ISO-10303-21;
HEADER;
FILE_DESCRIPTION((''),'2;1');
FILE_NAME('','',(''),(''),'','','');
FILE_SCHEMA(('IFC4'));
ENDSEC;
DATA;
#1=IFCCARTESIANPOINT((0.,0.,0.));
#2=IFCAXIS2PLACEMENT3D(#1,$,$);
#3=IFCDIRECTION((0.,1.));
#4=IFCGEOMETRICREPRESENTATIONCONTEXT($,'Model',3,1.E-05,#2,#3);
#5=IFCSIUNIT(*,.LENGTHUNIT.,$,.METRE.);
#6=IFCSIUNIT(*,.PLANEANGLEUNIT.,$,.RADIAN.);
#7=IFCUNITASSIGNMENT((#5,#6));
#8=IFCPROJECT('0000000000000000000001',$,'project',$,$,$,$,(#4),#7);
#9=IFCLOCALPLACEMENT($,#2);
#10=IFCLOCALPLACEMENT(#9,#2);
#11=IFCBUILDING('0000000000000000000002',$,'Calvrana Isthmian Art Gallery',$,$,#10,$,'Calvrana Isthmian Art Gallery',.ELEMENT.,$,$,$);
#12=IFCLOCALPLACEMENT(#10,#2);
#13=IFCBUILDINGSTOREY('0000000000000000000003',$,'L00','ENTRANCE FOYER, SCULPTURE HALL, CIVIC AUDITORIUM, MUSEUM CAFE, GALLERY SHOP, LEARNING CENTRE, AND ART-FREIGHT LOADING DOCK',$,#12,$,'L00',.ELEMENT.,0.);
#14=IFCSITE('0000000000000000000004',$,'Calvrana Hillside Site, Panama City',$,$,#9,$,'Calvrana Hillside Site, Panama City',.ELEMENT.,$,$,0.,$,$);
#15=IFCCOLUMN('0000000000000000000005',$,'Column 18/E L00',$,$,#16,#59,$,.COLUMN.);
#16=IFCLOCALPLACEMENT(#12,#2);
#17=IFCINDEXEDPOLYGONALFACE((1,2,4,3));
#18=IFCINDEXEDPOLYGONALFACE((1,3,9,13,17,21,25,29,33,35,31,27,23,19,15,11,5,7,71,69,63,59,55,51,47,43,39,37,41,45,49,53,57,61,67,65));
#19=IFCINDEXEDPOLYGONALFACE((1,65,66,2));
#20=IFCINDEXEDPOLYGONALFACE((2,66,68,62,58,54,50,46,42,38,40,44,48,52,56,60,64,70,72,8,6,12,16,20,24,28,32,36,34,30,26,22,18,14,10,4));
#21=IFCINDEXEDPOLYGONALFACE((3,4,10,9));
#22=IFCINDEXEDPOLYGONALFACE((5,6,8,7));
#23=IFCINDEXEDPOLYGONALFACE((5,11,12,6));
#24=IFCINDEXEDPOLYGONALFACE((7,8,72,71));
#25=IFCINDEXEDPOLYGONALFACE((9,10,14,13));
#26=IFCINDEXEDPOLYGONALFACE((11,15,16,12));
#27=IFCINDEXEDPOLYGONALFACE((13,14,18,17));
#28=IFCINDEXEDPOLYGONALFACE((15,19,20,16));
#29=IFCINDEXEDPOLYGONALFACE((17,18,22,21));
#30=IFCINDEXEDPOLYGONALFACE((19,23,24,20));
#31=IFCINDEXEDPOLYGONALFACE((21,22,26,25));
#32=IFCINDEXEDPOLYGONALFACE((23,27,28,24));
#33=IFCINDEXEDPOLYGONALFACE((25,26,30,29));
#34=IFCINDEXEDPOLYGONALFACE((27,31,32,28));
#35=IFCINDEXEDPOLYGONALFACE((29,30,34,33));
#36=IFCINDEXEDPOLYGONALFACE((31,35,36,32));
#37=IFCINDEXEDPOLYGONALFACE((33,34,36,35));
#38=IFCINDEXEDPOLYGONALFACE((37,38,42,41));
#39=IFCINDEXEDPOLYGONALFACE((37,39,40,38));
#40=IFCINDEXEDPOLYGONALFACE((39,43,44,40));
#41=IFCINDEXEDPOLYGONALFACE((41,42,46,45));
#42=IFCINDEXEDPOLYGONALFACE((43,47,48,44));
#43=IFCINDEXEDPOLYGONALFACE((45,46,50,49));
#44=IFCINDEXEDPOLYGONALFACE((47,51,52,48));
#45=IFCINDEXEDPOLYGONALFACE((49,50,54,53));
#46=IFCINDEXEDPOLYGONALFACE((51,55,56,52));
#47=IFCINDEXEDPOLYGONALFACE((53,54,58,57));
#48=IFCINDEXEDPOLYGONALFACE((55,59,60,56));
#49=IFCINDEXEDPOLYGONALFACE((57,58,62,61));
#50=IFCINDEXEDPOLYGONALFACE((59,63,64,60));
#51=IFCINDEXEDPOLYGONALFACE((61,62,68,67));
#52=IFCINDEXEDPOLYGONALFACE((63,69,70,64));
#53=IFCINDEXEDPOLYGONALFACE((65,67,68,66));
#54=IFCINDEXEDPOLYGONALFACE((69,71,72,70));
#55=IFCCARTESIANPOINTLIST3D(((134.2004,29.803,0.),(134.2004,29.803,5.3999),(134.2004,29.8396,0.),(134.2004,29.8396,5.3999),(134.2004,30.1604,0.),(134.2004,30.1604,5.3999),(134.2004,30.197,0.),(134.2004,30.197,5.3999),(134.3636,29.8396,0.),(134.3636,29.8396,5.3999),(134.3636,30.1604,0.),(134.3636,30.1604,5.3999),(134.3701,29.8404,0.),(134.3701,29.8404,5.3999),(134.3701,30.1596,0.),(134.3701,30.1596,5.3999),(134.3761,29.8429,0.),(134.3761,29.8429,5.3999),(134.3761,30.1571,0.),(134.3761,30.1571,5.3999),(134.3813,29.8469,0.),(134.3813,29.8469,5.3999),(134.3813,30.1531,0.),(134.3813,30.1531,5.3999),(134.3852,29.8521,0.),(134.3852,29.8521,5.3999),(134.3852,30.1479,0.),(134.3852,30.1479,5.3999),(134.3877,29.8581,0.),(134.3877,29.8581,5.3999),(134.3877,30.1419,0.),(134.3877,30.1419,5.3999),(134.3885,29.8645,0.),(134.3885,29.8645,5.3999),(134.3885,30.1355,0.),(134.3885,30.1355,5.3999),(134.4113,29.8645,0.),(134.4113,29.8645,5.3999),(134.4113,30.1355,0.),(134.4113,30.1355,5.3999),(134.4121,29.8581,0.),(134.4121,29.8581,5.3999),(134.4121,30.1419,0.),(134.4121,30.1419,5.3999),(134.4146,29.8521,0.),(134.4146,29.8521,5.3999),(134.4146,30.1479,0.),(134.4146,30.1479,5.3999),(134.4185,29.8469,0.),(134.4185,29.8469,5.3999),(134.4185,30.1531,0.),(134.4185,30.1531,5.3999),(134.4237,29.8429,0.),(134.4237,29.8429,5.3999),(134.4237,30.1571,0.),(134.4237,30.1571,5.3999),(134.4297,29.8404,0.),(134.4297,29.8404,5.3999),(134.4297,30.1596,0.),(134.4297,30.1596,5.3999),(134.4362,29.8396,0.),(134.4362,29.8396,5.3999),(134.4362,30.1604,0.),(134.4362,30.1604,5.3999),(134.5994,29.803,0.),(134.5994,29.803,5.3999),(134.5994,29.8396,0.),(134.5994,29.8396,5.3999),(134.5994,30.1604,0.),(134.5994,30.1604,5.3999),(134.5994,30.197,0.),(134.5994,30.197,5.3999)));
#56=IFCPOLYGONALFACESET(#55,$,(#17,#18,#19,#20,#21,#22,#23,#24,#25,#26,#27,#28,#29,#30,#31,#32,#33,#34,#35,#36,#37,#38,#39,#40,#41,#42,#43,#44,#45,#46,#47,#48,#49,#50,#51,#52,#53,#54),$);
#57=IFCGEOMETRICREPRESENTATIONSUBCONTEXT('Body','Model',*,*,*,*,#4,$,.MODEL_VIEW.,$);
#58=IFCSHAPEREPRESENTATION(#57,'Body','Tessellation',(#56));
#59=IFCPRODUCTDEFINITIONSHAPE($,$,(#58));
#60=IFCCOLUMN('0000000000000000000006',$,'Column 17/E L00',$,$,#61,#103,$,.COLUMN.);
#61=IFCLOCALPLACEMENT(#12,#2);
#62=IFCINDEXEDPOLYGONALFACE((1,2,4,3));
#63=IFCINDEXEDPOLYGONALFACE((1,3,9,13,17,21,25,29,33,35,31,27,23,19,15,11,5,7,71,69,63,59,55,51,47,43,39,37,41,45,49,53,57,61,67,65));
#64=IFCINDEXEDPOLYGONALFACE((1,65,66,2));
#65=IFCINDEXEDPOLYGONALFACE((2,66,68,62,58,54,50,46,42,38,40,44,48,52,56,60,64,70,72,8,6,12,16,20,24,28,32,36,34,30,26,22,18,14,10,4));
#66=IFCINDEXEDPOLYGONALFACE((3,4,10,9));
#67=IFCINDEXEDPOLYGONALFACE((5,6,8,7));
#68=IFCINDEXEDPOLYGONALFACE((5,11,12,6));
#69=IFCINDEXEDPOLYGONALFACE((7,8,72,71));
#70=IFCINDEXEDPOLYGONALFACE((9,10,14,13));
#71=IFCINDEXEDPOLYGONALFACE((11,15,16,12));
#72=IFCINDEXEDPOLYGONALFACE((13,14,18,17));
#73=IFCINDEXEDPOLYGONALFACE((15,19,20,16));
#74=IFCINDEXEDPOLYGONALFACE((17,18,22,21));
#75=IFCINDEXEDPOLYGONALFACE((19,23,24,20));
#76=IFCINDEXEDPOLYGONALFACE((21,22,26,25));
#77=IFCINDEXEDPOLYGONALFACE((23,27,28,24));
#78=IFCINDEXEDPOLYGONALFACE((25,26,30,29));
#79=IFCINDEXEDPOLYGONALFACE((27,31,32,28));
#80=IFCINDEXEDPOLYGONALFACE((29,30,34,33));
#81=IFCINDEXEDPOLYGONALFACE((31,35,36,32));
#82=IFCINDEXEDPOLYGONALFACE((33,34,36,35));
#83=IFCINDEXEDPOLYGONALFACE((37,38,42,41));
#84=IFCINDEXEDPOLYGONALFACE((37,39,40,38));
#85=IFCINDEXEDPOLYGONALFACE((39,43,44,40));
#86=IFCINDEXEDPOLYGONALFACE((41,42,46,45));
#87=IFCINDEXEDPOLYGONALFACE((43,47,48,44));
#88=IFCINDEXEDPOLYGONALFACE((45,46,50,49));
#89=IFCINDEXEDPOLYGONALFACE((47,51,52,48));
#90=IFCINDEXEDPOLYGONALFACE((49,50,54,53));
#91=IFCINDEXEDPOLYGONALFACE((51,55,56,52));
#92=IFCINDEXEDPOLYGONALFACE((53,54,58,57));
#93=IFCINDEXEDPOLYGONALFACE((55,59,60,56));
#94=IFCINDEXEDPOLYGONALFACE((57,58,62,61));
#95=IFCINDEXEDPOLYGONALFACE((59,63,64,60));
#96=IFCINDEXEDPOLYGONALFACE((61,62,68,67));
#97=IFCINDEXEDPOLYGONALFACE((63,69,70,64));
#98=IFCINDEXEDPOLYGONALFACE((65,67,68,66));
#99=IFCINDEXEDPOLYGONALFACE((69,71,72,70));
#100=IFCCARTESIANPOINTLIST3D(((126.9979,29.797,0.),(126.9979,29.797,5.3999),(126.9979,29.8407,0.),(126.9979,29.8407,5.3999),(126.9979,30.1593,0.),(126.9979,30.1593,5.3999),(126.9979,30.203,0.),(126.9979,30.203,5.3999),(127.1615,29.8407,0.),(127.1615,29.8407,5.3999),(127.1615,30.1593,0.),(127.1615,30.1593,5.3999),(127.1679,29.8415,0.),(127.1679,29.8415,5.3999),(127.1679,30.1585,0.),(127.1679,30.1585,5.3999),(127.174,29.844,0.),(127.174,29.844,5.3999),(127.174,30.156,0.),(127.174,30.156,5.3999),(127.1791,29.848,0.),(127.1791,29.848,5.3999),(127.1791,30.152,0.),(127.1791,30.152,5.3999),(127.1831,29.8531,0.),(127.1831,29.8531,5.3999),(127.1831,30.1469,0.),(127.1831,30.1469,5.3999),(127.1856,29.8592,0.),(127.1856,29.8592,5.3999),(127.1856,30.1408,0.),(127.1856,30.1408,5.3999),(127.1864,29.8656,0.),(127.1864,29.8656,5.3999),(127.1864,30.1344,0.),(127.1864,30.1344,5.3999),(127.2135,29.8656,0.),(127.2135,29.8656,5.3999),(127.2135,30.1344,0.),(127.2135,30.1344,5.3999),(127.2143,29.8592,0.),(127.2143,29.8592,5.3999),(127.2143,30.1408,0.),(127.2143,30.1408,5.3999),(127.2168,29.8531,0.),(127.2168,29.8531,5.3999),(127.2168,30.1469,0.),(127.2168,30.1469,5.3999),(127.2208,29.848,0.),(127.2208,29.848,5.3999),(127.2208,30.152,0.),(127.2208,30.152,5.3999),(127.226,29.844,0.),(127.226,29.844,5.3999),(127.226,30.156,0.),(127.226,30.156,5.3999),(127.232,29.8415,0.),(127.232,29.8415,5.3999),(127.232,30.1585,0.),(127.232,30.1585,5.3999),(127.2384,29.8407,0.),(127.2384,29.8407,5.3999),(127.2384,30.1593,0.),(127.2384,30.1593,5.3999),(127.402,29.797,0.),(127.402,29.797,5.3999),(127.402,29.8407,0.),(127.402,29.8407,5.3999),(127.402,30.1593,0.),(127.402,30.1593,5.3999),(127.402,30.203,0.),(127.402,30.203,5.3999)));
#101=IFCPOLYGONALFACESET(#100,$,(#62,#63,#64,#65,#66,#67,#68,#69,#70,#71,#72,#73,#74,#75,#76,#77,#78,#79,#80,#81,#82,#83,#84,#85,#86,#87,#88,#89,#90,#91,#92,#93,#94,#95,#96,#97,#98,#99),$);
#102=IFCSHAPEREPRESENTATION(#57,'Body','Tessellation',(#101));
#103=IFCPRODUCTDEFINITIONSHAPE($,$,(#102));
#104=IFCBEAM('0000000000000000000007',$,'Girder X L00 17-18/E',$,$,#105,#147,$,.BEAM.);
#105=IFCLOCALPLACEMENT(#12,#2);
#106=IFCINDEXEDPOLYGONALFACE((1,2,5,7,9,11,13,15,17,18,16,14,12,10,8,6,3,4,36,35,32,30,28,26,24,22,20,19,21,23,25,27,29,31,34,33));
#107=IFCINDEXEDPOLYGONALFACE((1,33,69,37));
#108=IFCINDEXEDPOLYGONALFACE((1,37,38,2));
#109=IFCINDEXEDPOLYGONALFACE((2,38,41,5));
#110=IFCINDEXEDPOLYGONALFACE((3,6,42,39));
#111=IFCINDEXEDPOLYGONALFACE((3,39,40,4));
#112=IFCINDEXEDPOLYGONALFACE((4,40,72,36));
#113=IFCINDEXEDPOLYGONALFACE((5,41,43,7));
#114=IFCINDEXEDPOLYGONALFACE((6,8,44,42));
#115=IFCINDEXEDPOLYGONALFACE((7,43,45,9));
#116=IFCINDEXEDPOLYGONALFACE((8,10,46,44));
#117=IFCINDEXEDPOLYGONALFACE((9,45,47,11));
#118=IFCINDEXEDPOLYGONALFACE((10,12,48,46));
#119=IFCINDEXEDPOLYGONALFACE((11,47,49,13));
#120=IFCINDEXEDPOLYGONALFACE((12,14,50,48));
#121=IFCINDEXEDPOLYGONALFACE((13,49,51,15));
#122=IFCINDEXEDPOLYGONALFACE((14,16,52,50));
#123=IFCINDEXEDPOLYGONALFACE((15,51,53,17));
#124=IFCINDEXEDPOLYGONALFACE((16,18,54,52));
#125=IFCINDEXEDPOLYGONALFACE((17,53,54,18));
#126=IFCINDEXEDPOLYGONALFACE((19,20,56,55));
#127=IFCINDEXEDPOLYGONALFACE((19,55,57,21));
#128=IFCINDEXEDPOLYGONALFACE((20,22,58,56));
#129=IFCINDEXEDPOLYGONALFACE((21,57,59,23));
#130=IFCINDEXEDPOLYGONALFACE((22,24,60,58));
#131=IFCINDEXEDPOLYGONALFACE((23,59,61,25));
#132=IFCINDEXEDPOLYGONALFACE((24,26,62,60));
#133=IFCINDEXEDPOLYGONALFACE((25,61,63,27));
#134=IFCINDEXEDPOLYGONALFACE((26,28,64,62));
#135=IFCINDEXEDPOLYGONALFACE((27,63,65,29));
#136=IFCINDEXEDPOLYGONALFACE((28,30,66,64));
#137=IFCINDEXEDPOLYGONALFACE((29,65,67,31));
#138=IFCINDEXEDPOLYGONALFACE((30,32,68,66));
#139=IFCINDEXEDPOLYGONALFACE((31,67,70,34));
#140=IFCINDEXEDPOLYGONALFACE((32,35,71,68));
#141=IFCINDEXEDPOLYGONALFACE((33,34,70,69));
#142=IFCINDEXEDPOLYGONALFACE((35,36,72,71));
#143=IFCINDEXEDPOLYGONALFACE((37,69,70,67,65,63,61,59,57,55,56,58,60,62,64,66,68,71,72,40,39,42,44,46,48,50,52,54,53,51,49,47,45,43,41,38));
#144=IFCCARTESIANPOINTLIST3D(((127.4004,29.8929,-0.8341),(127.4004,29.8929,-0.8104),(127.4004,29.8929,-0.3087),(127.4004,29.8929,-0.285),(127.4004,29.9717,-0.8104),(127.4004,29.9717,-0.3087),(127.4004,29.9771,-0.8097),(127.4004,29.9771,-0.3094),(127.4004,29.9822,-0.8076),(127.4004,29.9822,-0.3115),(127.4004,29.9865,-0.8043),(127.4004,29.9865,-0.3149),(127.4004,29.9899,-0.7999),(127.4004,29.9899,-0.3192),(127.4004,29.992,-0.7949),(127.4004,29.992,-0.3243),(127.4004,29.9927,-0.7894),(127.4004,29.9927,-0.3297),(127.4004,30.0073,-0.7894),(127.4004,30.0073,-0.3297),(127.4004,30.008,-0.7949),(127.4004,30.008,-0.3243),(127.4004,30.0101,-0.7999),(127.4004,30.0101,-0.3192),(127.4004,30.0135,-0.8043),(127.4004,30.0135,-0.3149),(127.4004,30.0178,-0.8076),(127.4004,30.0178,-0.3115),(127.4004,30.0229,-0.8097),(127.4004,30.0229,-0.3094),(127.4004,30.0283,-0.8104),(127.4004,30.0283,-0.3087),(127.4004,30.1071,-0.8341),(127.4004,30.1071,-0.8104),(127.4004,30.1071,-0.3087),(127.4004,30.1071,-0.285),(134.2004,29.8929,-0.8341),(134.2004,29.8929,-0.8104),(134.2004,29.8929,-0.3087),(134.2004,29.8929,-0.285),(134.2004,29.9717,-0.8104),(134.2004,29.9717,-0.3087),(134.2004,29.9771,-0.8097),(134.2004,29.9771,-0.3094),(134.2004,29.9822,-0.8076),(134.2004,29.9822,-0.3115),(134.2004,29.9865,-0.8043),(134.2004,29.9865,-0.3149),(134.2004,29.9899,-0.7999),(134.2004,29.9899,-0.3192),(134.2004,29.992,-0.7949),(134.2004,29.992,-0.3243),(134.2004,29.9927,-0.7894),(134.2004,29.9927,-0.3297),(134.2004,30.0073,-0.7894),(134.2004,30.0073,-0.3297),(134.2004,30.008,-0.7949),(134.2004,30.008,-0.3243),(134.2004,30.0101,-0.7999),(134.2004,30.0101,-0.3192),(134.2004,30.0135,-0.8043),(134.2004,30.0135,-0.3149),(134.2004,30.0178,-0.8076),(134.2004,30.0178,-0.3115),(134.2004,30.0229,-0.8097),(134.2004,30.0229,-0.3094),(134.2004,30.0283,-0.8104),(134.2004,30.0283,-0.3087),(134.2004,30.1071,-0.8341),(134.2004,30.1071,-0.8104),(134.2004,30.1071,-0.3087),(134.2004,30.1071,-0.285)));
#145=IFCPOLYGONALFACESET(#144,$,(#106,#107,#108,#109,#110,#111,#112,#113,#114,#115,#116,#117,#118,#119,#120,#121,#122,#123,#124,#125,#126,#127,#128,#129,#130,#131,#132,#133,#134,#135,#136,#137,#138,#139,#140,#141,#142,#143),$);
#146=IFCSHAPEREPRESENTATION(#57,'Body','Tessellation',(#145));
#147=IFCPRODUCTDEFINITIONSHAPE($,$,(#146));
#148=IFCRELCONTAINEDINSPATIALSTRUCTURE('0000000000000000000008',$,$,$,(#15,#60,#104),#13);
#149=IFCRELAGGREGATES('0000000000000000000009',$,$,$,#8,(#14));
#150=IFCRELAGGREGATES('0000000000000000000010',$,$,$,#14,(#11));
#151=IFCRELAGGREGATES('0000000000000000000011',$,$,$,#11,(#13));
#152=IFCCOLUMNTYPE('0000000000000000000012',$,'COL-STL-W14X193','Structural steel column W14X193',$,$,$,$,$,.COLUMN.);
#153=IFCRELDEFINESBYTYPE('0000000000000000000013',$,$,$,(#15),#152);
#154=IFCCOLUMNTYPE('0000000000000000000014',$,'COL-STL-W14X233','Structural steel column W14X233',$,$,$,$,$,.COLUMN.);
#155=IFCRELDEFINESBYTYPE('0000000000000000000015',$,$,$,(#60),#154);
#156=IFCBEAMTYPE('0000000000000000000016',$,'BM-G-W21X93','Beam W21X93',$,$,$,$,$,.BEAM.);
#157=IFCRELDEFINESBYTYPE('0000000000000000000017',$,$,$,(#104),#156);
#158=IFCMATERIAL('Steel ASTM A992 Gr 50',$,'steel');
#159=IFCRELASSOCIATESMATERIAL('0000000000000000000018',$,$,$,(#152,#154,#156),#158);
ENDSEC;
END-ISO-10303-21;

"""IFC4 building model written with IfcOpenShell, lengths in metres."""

from ifc_helpers import new_model, si_unit, direction, frame, origin, origin_2d, place, context, subcontext, project, spatial, i_section, extrude, material, material_profile, profile_set, type_object, element, save


model = new_model("IFC4")

# Units and contexts
model_context = context("Model", 3, precision=1e-05, world=origin(), true_north=direction((0.0, 1.0)))
body_context = subcontext(model_context, "Body", "Model", "MODEL_VIEW")
ifc_project = project(units=[si_unit("LENGTHUNIT", "METRE"), si_unit("PLANEANGLEUNIT", "RADIAN")], contexts=[model_context])

# Site, building, storey
site_placement = place(None, origin())
site = spatial("IfcSite", under=ifc_project, at=site_placement, Name="Calvrana Hillside Site, Panama City", LongName="Calvrana Hillside Site, Panama City", CompositionType="ELEMENT", RefElevation=0.0)
building_placement = place(site_placement, origin())
building = spatial("IfcBuilding", under=site, at=building_placement, Name="Calvrana Isthmian Art Gallery", LongName="Calvrana Isthmian Art Gallery", CompositionType="ELEMENT")
storey_placement = place(building_placement, origin())
storey = spatial("IfcBuildingStorey", under=building, at=storey_placement, Name="L00", Description="ENTRANCE FOYER, SCULPTURE HALL, CIVIC AUDITORIUM, MUSEUM CAFE, GALLERY SHOP, LEARNING CENTRE, AND ART-FREIGHT LOADING DOCK", LongName="L00", CompositionType="ELEMENT", Elevation=0.0)

# Columns
ifc_material_1 = material(Name="Steel ASTM A992 Gr 50", Category="steel")
ifc_material_profile_1 = material_profile(ifc_material_1, i_section(OverallWidth=0.3989, OverallDepth=0.394, WebThickness=0.0227, FlangeThickness=0.0366, FilletRadius=0.0249, at=origin_2d()), Name="W14X193")
ifc_profile_set_1 = profile_set([ifc_material_profile_1], Name="Steel ASTM A992 Gr 50")
column_type_1 = type_object("IfcColumnType", Name="COL-STL-W14X193", Description="Structural steel column W14X193", PredefinedType="COLUMN", material=ifc_profile_set_1)
column_1_placement = place(storey_placement, frame((134.3999, 30.0, 0.0), z_axis=(0.0, 0.0, 1.0), x_axis=(1.0, 0.0, 0.0)))
element("IfcColumn", 1, at=column_1_placement, inside=storey, type_object=column_type_1, Name="Column 18/E L00", PredefinedType="COLUMN", context=body_context, shape_type="SweptSolid", body=[
    extrude(i_section(OverallWidth=0.3989, OverallDepth=0.394, WebThickness=0.0227, FlangeThickness=0.0366, FilletRadius=0.0249, at=origin_2d()), origin(), (0.0, 0.0, 1.0), 5.3999),
])
ifc_material_profile_2 = material_profile(ifc_material_1, i_section(OverallWidth=0.4041, OverallDepth=0.406, WebThickness=0.0271, FlangeThickness=0.0437, FilletRadius=0.0249, at=origin_2d()), Name="W14X233")
ifc_profile_set_2 = profile_set([ifc_material_profile_2], Name="Steel ASTM A992 Gr 50")
column_type_2 = type_object("IfcColumnType", Name="COL-STL-W14X233", Description="Structural steel column W14X233", PredefinedType="COLUMN", material=ifc_profile_set_2)
column_2_placement = place(storey_placement, frame((127.2, 30.0, 0.0), z_axis=(0.0, 0.0, 1.0), x_axis=(1.0, 0.0, 0.0)))
element("IfcColumn", 2, at=column_2_placement, inside=storey, type_object=column_type_2, Name="Column 17/E L00", PredefinedType="COLUMN", context=body_context, shape_type="SweptSolid", body=[
    extrude(i_section(OverallWidth=0.4041, OverallDepth=0.406, WebThickness=0.0271, FlangeThickness=0.0437, FilletRadius=0.0249, at=origin_2d()), origin(), (0.0, 0.0, 1.0), 5.3999),
])

# Beam
ifc_material_profile_3 = material_profile(ifc_material_1, i_section(OverallWidth=0.2141, OverallDepth=0.5491, WebThickness=0.0146, FlangeThickness=0.0237, FilletRadius=0.021, at=origin_2d()), Name="W21X93")
ifc_profile_set_3 = profile_set([ifc_material_profile_3], Name="Steel ASTM A992 Gr 50")
beam_type_1 = type_object("IfcBeamType", Name="BM-G-W21X93", Description="Beam W21X93", PredefinedType="BEAM", material=ifc_profile_set_3)
beam_1_placement = place(storey_placement, frame((127.4004, 30.0, -0.5596), z_axis=(1.0, 0.0, 0.0), x_axis=(0.0, 1.0, 0.0)))
element("IfcBeam", 3, at=beam_1_placement, inside=storey, type_object=beam_type_1, Name="Girder X L00 17-18/E", PredefinedType="BEAM", context=body_context, shape_type="SweptSolid", body=[
    extrude(i_section(OverallWidth=0.2141, OverallDepth=0.5491, WebThickness=0.0146, FlangeThickness=0.0237, FilletRadius=0.021, at=origin_2d()), origin(), (0.0, 0.0, 1.0), 6.8),
])

save(model, "model.ifc")
